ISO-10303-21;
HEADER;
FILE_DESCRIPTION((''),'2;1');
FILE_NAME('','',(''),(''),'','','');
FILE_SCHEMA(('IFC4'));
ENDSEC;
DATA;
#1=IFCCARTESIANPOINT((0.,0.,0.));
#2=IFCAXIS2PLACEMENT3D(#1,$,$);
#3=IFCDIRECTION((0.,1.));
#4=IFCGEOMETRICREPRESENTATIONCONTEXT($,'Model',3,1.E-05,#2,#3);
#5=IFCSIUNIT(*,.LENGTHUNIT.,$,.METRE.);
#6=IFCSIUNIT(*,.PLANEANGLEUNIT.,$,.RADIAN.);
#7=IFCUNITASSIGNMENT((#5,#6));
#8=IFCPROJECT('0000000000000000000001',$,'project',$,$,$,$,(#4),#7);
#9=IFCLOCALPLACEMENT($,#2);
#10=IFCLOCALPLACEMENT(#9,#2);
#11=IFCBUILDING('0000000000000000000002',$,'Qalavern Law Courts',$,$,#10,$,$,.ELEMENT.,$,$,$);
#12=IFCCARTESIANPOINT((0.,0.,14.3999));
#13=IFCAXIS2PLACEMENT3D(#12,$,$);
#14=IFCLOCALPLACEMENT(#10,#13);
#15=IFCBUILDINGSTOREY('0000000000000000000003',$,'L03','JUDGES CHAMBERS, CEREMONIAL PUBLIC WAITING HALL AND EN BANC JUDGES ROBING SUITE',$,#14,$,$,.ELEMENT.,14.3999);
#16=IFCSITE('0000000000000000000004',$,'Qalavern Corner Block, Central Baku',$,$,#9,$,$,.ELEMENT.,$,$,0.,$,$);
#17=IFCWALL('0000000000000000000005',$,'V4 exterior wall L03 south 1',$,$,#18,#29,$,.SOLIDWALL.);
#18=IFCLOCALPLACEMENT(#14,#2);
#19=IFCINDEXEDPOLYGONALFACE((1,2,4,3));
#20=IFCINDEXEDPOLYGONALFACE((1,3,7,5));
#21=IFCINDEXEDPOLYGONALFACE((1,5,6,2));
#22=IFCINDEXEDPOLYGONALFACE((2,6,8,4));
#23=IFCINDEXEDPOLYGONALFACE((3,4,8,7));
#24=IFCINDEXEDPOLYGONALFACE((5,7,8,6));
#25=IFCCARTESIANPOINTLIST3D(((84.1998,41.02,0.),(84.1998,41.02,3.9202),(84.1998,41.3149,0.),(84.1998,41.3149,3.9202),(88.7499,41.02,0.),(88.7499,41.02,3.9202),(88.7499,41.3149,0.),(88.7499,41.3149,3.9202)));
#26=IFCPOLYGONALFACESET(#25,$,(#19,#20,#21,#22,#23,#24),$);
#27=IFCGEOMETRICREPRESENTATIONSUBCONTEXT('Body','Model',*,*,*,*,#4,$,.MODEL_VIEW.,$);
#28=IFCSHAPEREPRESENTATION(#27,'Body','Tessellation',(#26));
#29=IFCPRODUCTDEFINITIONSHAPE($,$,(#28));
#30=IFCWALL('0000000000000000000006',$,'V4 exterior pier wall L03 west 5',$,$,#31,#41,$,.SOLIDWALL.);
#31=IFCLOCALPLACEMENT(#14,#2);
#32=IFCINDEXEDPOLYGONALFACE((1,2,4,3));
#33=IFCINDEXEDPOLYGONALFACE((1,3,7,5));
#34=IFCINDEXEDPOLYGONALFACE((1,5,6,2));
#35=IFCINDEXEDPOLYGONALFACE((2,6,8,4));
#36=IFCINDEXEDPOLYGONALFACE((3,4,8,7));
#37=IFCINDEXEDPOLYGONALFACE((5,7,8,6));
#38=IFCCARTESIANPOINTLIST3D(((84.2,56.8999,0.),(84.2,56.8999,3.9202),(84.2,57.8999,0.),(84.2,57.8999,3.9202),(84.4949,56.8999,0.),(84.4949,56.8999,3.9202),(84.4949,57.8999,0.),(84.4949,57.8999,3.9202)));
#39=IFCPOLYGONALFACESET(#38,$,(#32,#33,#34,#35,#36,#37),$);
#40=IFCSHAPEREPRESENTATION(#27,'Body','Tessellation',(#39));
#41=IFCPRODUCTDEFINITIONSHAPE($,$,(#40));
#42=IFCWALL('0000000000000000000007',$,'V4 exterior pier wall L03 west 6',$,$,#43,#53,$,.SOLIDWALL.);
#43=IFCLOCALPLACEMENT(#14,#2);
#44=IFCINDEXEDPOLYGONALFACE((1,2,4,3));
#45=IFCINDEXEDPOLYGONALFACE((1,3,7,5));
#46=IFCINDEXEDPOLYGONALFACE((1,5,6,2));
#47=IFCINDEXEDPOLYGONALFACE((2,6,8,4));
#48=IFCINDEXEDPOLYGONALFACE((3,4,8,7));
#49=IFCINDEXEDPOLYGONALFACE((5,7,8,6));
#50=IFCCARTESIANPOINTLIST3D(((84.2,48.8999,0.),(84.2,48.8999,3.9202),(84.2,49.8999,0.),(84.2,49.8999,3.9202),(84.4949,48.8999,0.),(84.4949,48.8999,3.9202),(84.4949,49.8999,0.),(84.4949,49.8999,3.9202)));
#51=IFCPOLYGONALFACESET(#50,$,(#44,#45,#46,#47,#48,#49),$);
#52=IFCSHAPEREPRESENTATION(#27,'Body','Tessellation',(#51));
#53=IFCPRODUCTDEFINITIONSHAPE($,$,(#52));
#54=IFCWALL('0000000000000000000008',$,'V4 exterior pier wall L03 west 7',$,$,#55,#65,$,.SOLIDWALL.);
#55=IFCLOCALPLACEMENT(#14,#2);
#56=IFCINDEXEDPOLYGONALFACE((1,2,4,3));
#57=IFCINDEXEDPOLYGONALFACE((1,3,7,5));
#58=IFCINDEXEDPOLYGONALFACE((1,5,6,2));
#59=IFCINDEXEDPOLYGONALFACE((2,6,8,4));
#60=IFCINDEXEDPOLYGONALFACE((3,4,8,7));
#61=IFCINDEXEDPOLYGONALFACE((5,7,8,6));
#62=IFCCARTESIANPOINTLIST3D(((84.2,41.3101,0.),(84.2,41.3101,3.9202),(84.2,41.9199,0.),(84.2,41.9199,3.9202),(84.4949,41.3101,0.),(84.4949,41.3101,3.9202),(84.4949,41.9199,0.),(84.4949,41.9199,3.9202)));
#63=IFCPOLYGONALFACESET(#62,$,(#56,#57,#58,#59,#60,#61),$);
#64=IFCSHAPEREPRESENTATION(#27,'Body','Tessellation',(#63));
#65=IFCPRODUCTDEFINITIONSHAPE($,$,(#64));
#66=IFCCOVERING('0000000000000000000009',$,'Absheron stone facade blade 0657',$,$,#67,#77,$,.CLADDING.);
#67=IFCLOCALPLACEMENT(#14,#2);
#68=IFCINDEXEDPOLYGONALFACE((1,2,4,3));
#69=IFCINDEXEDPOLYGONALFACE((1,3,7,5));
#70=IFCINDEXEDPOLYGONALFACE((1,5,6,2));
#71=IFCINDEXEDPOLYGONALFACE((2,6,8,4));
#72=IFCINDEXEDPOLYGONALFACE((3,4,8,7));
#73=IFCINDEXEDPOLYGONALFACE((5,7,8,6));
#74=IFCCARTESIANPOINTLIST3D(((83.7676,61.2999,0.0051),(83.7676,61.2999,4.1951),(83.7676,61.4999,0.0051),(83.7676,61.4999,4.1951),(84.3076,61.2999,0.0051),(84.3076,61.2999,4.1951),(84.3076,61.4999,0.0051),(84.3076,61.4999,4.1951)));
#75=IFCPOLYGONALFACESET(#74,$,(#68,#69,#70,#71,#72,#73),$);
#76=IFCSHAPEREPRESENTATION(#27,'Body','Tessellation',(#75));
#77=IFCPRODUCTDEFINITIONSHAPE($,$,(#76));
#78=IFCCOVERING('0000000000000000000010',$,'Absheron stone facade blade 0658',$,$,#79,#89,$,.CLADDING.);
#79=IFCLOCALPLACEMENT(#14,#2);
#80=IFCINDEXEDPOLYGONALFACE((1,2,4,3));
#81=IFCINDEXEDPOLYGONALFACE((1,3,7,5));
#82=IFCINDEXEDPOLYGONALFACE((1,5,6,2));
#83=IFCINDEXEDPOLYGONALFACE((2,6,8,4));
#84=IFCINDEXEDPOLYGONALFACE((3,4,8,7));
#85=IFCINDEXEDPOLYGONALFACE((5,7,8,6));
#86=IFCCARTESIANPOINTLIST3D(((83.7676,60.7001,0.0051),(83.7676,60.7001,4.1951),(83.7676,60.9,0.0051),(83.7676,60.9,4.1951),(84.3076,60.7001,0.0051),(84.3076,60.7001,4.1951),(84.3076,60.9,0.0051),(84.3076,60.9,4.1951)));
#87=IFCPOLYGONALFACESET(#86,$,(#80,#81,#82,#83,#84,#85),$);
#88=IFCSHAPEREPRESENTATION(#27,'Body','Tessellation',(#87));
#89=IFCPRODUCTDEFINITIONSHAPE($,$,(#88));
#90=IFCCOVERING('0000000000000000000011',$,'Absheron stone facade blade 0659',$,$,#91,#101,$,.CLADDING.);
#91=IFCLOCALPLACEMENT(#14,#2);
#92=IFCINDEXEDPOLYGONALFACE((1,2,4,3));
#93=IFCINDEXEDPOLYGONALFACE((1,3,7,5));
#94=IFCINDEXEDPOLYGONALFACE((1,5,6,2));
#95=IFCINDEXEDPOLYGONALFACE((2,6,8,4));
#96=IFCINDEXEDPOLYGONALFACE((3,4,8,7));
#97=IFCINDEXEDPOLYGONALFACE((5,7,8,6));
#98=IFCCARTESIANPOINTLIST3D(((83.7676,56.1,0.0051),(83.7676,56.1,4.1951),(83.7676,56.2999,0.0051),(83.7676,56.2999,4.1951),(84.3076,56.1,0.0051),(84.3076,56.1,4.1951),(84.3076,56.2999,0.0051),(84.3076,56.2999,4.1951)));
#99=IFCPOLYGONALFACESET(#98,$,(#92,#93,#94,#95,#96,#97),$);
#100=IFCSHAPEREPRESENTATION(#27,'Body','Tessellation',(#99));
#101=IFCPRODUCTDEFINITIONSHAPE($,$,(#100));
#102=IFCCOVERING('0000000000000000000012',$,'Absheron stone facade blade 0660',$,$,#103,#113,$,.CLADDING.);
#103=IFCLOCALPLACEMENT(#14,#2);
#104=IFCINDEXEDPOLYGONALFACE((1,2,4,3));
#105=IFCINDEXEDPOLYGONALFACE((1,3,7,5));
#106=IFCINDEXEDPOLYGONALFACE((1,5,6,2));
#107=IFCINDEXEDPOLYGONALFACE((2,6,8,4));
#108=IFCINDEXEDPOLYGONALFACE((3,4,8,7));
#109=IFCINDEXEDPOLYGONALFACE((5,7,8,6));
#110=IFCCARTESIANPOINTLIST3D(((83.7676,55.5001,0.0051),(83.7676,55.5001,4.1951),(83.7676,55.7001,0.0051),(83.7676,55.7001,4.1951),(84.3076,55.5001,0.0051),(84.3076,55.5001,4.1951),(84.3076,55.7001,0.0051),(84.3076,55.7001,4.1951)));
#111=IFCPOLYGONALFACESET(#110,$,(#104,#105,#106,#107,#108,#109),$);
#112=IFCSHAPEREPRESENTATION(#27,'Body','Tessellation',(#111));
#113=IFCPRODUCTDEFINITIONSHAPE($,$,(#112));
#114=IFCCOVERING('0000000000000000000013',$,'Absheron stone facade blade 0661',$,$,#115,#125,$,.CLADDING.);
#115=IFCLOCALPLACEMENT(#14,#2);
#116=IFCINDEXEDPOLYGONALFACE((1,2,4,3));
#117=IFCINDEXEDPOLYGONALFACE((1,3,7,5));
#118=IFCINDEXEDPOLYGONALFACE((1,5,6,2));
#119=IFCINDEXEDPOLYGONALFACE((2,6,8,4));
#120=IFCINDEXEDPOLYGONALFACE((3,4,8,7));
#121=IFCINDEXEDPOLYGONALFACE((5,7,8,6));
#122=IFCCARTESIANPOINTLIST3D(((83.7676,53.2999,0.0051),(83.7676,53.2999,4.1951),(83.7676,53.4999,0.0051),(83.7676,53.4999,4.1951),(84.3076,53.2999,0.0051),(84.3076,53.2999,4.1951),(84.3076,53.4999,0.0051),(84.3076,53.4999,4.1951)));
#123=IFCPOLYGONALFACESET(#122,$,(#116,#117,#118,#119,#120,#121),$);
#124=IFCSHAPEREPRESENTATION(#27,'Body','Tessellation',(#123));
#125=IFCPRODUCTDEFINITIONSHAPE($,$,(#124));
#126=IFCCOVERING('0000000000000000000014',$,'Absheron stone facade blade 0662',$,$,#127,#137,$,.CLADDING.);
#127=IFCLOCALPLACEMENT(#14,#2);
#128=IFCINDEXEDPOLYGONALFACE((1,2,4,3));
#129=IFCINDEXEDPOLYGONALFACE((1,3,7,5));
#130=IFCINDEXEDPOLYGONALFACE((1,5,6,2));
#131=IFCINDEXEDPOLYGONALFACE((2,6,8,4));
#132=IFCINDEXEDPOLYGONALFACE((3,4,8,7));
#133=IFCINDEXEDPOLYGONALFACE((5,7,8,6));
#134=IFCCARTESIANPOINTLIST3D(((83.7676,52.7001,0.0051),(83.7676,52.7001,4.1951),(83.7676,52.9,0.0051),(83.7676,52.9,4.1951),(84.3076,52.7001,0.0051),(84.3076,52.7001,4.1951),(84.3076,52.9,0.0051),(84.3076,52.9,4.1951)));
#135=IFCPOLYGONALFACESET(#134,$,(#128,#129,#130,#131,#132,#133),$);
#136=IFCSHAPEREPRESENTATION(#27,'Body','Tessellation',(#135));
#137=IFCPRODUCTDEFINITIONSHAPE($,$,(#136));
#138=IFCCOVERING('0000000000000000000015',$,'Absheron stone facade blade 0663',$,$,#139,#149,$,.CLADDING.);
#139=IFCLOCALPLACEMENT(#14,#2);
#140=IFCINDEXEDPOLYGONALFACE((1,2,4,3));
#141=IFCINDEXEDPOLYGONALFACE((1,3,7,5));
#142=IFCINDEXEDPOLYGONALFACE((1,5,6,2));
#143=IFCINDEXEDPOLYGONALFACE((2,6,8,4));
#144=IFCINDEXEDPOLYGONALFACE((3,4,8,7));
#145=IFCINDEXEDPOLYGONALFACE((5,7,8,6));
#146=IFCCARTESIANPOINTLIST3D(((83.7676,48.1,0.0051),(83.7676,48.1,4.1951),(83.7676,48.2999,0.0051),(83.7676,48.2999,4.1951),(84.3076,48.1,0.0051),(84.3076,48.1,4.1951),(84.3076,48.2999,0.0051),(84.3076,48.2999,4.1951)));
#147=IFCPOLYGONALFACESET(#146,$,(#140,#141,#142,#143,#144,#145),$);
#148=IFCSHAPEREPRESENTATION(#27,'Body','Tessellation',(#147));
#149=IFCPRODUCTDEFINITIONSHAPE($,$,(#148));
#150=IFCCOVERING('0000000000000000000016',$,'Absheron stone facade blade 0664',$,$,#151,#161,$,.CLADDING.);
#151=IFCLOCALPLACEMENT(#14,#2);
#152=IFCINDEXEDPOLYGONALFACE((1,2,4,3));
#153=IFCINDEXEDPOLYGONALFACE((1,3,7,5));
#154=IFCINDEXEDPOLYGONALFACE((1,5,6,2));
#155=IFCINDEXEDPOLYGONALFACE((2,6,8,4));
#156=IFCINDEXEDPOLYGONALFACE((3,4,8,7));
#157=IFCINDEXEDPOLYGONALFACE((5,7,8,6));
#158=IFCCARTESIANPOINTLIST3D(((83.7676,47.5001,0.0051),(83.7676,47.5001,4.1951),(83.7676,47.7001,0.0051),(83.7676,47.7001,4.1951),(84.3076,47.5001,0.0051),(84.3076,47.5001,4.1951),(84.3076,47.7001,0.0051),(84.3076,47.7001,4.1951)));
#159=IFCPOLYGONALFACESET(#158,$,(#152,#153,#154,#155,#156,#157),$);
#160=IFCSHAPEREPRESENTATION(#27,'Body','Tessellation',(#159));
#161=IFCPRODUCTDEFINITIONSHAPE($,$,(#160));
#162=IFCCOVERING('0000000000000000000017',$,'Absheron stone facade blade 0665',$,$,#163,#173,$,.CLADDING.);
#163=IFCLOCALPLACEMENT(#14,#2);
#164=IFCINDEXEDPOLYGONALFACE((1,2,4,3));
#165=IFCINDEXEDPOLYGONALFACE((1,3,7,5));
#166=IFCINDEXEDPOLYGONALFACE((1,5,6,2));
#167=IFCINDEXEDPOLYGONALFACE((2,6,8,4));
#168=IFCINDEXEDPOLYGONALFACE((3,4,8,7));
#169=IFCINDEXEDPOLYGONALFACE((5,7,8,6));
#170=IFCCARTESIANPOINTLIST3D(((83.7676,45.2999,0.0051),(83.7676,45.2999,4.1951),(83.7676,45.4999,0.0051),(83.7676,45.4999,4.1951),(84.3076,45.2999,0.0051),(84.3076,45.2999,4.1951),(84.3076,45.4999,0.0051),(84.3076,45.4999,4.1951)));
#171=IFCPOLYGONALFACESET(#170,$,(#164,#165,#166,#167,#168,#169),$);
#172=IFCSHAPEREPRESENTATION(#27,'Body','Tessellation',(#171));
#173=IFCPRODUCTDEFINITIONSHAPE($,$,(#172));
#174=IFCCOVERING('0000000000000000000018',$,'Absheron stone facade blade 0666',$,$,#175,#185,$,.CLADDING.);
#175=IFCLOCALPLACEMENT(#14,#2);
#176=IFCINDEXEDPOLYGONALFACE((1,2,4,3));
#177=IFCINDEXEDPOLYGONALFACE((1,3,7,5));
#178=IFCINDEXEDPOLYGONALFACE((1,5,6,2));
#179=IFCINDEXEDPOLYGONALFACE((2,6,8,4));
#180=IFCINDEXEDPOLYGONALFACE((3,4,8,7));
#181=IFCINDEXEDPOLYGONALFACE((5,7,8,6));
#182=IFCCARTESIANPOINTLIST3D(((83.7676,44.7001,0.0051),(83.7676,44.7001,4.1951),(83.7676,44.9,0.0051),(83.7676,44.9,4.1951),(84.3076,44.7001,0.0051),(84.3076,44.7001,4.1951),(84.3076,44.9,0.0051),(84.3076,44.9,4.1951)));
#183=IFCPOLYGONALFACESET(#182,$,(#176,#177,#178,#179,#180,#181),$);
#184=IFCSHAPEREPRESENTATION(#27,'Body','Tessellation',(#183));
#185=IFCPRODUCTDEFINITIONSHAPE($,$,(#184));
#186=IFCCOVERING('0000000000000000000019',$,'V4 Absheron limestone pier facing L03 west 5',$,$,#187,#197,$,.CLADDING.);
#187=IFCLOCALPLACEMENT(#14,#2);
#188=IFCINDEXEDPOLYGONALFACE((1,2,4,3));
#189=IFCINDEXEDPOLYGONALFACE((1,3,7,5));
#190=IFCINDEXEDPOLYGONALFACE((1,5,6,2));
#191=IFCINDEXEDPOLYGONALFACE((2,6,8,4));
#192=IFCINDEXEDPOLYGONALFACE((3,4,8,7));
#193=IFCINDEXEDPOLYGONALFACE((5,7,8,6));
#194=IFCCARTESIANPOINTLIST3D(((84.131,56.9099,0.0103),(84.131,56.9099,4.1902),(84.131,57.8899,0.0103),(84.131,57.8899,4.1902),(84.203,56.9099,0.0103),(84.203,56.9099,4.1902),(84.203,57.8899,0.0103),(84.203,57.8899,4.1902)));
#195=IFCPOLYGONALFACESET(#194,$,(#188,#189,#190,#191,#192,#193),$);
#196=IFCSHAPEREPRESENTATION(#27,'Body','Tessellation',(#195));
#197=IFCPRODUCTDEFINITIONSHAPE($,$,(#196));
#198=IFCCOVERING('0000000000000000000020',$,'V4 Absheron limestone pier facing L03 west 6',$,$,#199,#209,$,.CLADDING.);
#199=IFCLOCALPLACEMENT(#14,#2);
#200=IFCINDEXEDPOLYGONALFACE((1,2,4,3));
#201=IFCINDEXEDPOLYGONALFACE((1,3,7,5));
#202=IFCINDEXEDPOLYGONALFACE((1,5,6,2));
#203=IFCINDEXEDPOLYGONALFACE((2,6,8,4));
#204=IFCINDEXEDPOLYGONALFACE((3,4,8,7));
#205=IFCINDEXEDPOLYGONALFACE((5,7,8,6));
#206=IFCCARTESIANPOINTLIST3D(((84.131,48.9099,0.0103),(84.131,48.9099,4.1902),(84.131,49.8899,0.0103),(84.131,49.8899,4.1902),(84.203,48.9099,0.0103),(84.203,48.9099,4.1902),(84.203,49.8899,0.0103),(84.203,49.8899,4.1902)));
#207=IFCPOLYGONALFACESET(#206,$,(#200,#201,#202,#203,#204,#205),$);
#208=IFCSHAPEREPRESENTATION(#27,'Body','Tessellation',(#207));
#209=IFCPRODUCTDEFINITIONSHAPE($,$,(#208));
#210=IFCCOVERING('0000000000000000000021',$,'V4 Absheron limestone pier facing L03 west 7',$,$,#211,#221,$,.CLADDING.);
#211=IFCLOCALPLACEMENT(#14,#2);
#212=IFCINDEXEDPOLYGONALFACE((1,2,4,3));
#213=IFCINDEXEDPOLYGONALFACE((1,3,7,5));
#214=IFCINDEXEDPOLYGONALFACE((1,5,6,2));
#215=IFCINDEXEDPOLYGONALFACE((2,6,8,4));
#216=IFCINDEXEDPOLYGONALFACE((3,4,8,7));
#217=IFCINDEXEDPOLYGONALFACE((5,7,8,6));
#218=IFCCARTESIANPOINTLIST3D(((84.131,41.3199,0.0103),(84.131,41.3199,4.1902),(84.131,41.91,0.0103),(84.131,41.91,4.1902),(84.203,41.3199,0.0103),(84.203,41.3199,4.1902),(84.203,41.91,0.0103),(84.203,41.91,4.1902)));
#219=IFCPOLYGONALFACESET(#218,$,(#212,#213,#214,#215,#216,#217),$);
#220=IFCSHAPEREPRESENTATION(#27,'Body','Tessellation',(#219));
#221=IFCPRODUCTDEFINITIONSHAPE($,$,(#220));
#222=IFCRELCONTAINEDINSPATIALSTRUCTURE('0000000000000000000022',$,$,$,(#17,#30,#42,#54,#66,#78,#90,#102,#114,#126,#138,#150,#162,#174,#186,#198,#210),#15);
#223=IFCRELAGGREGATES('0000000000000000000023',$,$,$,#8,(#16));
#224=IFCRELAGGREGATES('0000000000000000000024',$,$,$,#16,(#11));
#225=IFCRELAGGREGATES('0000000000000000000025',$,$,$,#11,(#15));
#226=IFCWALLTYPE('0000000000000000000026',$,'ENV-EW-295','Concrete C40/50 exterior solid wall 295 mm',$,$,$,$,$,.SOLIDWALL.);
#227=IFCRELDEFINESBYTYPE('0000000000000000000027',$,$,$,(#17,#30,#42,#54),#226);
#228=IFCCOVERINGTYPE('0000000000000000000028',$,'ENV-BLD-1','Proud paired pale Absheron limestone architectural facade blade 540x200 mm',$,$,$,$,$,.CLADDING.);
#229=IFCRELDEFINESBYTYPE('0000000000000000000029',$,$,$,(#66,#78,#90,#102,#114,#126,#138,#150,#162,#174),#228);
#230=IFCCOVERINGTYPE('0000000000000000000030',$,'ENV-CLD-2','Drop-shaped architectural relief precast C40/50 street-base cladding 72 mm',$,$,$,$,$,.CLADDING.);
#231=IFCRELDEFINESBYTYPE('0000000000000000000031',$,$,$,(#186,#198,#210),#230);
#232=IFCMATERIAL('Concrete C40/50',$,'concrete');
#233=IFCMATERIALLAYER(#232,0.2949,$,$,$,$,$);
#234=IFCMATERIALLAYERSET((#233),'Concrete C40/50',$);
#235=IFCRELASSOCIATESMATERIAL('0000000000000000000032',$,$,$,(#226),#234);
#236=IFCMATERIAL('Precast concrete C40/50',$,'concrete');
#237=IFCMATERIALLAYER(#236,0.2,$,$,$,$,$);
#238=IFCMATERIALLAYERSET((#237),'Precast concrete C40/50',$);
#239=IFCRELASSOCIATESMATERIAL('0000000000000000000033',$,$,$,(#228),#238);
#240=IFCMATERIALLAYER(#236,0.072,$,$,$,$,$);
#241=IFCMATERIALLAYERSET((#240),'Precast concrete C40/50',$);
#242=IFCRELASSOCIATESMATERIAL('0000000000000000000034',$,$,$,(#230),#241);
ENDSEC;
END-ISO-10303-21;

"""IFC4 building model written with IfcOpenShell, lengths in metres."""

from ifc_helpers import new_model, si_unit, direction, frame, frame_2d, origin, origin_2d, place, context, subcontext, project, spatial, rectangle, extrude, material, layer, layer_set, type_object, element, save


model = new_model("IFC4")

# Units and contexts
model_context = context("Model", 3, precision=1e-05, world=origin(), true_north=direction((0.0, 1.0)))
body_context = subcontext(model_context, "Body", "Model", "MODEL_VIEW")
ifc_project = project(units=[si_unit("LENGTHUNIT", "METRE"), si_unit("PLANEANGLEUNIT", "RADIAN")], contexts=[model_context])

# Site, building, storey
site_placement = place(None, origin())
site = spatial("IfcSite", under=ifc_project, at=site_placement, Name="Qalavern Corner Block, Central Baku", CompositionType="ELEMENT", RefElevation=0.0)
building_placement = place(site_placement, origin())
building = spatial("IfcBuilding", under=site, at=building_placement, Name="Qalavern Law Courts", CompositionType="ELEMENT")
storey_placement = place(building_placement, frame((0.0, 0.0, 14.3999)))
storey = spatial("IfcBuildingStorey", under=building, at=storey_placement, Name="L03", Description="JUDGES CHAMBERS, CEREMONIAL PUBLIC WAITING HALL AND EN BANC JUDGES ROBING SUITE", CompositionType="ELEMENT", Elevation=14.3999)

# Walls
ifc_material_1 = material(Name="Concrete C40/50", Category="concrete")
ifc_layer_1 = layer(ifc_material_1, 0.2949)
ifc_layer_set_1 = layer_set([ifc_layer_1], Name="Concrete C40/50")
wall_type = type_object("IfcWallType", Name="ENV-EW-295", Description="Concrete C40/50 exterior solid wall 295 mm", PredefinedType="SOLIDWALL", material=ifc_layer_set_1)
wall_1_placement = place(storey_placement, frame((84.2, 41.1675, 0.0), z_axis=(0.0, 0.0, 1.0), x_axis=(1.0, 0.0, 0.0)))
element("IfcWall", 1, at=wall_1_placement, inside=storey, type_object=wall_type, Name="V4 exterior wall L03 south 1", PredefinedType="SOLIDWALL", context=body_context, shape_type="SweptSolid", body=[
    extrude(rectangle(XDim=4.55, YDim=0.2949, at=frame_2d((2.2749, 0.0))), origin(), (0.0, 0.0, 1.0), 3.9202),
])
for number, where, z_axis, x_axis, name in (
    (2, (84.3474, 57.8999, 0.0), (0.0, 0.0, 1.0), (0.0, -1.0, 0.0), "V4 exterior pier wall L03 west 5"),
    (3, (84.3474, 49.8999, 0.0), (0.0, 0.0, 1.0), (0.0, -1.0, 0.0), "V4 exterior pier wall L03 west 6"),
):
    element("IfcWall", number, at=place(storey_placement, frame(where, z_axis=z_axis, x_axis=x_axis)), inside=storey, type_object=wall_type, Name=name, PredefinedType="SOLIDWALL", context=body_context, shape_type="SweptSolid", body=[
        extrude(rectangle(XDim=1.0, YDim=0.2949, at=frame_2d((0.5, 0.0))), origin(), (0.0, 0.0, 1.0), 3.9202),
    ])
wall_2_placement = place(storey_placement, frame((84.3474, 41.9199, 0.0), z_axis=(0.0, 0.0, 1.0), x_axis=(0.0, -1.0, 0.0)))
element("IfcWall", 4, at=wall_2_placement, inside=storey, type_object=wall_type, Name="V4 exterior pier wall L03 west 7", PredefinedType="SOLIDWALL", context=body_context, shape_type="SweptSolid", body=[
    extrude(rectangle(XDim=0.6099, YDim=0.2949, at=frame_2d((0.3049, 0.0))), origin(), (0.0, 0.0, 1.0), 3.9202),
])

# Coverings
ifc_material_2 = material(Name="Precast concrete C40/50", Category="concrete")
ifc_layer_2 = layer(ifc_material_2, 0.2)
ifc_layer_set_2 = layer_set([ifc_layer_2], Name="Precast concrete C40/50")
covering_type_1 = type_object("IfcCoveringType", Name="ENV-BLD-1", Description="Proud paired pale Absheron limestone architectural facade blade 540x200 mm", PredefinedType="CLADDING", material=ifc_layer_set_2)
for number, where, z_axis, x_axis, name in (
    (5, (84.0376, 61.3999, 0.0051), (0.0, 0.0, 1.0), (-1.0, 0.0, 0.0), "Absheron stone facade blade 0657"),
    (6, (84.0376, 60.8, 0.0051), (0.0, 0.0, 1.0), (-1.0, 0.0, 0.0), "Absheron stone facade blade 0658"),
    (7, (84.0376, 56.2, 0.0051), (0.0, 0.0, 1.0), (-1.0, 0.0, 0.0), "Absheron stone facade blade 0659"),
    (8, (84.0376, 55.6001, 0.0051), (0.0, 0.0, 1.0), (-1.0, 0.0, 0.0), "Absheron stone facade blade 0660"),
    (9, (84.0376, 53.3999, 0.0051), (0.0, 0.0, 1.0), (-1.0, 0.0, 0.0), "Absheron stone facade blade 0661"),
    (10, (84.0376, 52.8, 0.0051), (0.0, 0.0, 1.0), (-1.0, 0.0, 0.0), "Absheron stone facade blade 0662"),
    (11, (84.0376, 48.2, 0.0051), (0.0, 0.0, 1.0), (-1.0, 0.0, 0.0), "Absheron stone facade blade 0663"),
    (12, (84.0376, 47.6001, 0.0051), (0.0, 0.0, 1.0), (-1.0, 0.0, 0.0), "Absheron stone facade blade 0664"),
    (13, (84.0376, 45.3999, 0.0051), (0.0, 0.0, 1.0), (-1.0, 0.0, 0.0), "Absheron stone facade blade 0665"),
    (14, (84.0376, 44.8, 0.0051), (0.0, 0.0, 1.0), (-1.0, 0.0, 0.0), "Absheron stone facade blade 0666"),
):
    element("IfcCovering", number, at=place(storey_placement, frame(where, z_axis=z_axis, x_axis=x_axis)), inside=storey, type_object=covering_type_1, Name=name, PredefinedType="CLADDING", context=body_context, shape_type="SweptSolid", body=[
        extrude(rectangle(XDim=0.54, YDim=0.2, at=origin_2d()), origin(), (0.0, 0.0, 1.0), 4.1899),
    ])
ifc_layer_3 = layer(ifc_material_2, 0.072)
ifc_layer_set_3 = layer_set([ifc_layer_3], Name="Precast concrete C40/50")
covering_type_2 = type_object("IfcCoveringType", Name="ENV-CLD-2", Description="Drop-shaped architectural relief precast C40/50 street-base cladding 72 mm", PredefinedType="CLADDING", material=ifc_layer_set_3)
for number, where, z_axis, x_axis, name in (
    (15, (84.167, 57.3999, 0.0103), (0.0, 0.0, 1.0), (0.0, -1.0, 0.0), "V4 Absheron limestone pier facing L03 west 5"),
    (16, (84.167, 49.3999, 0.0103), (0.0, 0.0, 1.0), (0.0, -1.0, 0.0), "V4 Absheron limestone pier facing L03 west 6"),
):
    element("IfcCovering", number, at=place(storey_placement, frame(where, z_axis=z_axis, x_axis=x_axis)), inside=storey, type_object=covering_type_2, Name=name, PredefinedType="CLADDING", context=body_context, shape_type="SweptSolid", body=[
        extrude(rectangle(XDim=0.98, YDim=0.072, at=origin_2d()), origin(), (0.0, 0.0, 1.0), 4.1799),
    ])
covering_placement = place(storey_placement, frame((84.167, 41.615, 0.0103), z_axis=(0.0, 0.0, 1.0), x_axis=(0.0, -1.0, 0.0)))
element("IfcCovering", 17, at=covering_placement, inside=storey, type_object=covering_type_2, Name="V4 Absheron limestone pier facing L03 west 7", PredefinedType="CLADDING", context=body_context, shape_type="SweptSolid", body=[
    extrude(rectangle(XDim=0.5901, YDim=0.072, at=origin_2d()), origin(), (0.0, 0.0, 1.0), 4.1799),
])

save(model, "model.ifc")
